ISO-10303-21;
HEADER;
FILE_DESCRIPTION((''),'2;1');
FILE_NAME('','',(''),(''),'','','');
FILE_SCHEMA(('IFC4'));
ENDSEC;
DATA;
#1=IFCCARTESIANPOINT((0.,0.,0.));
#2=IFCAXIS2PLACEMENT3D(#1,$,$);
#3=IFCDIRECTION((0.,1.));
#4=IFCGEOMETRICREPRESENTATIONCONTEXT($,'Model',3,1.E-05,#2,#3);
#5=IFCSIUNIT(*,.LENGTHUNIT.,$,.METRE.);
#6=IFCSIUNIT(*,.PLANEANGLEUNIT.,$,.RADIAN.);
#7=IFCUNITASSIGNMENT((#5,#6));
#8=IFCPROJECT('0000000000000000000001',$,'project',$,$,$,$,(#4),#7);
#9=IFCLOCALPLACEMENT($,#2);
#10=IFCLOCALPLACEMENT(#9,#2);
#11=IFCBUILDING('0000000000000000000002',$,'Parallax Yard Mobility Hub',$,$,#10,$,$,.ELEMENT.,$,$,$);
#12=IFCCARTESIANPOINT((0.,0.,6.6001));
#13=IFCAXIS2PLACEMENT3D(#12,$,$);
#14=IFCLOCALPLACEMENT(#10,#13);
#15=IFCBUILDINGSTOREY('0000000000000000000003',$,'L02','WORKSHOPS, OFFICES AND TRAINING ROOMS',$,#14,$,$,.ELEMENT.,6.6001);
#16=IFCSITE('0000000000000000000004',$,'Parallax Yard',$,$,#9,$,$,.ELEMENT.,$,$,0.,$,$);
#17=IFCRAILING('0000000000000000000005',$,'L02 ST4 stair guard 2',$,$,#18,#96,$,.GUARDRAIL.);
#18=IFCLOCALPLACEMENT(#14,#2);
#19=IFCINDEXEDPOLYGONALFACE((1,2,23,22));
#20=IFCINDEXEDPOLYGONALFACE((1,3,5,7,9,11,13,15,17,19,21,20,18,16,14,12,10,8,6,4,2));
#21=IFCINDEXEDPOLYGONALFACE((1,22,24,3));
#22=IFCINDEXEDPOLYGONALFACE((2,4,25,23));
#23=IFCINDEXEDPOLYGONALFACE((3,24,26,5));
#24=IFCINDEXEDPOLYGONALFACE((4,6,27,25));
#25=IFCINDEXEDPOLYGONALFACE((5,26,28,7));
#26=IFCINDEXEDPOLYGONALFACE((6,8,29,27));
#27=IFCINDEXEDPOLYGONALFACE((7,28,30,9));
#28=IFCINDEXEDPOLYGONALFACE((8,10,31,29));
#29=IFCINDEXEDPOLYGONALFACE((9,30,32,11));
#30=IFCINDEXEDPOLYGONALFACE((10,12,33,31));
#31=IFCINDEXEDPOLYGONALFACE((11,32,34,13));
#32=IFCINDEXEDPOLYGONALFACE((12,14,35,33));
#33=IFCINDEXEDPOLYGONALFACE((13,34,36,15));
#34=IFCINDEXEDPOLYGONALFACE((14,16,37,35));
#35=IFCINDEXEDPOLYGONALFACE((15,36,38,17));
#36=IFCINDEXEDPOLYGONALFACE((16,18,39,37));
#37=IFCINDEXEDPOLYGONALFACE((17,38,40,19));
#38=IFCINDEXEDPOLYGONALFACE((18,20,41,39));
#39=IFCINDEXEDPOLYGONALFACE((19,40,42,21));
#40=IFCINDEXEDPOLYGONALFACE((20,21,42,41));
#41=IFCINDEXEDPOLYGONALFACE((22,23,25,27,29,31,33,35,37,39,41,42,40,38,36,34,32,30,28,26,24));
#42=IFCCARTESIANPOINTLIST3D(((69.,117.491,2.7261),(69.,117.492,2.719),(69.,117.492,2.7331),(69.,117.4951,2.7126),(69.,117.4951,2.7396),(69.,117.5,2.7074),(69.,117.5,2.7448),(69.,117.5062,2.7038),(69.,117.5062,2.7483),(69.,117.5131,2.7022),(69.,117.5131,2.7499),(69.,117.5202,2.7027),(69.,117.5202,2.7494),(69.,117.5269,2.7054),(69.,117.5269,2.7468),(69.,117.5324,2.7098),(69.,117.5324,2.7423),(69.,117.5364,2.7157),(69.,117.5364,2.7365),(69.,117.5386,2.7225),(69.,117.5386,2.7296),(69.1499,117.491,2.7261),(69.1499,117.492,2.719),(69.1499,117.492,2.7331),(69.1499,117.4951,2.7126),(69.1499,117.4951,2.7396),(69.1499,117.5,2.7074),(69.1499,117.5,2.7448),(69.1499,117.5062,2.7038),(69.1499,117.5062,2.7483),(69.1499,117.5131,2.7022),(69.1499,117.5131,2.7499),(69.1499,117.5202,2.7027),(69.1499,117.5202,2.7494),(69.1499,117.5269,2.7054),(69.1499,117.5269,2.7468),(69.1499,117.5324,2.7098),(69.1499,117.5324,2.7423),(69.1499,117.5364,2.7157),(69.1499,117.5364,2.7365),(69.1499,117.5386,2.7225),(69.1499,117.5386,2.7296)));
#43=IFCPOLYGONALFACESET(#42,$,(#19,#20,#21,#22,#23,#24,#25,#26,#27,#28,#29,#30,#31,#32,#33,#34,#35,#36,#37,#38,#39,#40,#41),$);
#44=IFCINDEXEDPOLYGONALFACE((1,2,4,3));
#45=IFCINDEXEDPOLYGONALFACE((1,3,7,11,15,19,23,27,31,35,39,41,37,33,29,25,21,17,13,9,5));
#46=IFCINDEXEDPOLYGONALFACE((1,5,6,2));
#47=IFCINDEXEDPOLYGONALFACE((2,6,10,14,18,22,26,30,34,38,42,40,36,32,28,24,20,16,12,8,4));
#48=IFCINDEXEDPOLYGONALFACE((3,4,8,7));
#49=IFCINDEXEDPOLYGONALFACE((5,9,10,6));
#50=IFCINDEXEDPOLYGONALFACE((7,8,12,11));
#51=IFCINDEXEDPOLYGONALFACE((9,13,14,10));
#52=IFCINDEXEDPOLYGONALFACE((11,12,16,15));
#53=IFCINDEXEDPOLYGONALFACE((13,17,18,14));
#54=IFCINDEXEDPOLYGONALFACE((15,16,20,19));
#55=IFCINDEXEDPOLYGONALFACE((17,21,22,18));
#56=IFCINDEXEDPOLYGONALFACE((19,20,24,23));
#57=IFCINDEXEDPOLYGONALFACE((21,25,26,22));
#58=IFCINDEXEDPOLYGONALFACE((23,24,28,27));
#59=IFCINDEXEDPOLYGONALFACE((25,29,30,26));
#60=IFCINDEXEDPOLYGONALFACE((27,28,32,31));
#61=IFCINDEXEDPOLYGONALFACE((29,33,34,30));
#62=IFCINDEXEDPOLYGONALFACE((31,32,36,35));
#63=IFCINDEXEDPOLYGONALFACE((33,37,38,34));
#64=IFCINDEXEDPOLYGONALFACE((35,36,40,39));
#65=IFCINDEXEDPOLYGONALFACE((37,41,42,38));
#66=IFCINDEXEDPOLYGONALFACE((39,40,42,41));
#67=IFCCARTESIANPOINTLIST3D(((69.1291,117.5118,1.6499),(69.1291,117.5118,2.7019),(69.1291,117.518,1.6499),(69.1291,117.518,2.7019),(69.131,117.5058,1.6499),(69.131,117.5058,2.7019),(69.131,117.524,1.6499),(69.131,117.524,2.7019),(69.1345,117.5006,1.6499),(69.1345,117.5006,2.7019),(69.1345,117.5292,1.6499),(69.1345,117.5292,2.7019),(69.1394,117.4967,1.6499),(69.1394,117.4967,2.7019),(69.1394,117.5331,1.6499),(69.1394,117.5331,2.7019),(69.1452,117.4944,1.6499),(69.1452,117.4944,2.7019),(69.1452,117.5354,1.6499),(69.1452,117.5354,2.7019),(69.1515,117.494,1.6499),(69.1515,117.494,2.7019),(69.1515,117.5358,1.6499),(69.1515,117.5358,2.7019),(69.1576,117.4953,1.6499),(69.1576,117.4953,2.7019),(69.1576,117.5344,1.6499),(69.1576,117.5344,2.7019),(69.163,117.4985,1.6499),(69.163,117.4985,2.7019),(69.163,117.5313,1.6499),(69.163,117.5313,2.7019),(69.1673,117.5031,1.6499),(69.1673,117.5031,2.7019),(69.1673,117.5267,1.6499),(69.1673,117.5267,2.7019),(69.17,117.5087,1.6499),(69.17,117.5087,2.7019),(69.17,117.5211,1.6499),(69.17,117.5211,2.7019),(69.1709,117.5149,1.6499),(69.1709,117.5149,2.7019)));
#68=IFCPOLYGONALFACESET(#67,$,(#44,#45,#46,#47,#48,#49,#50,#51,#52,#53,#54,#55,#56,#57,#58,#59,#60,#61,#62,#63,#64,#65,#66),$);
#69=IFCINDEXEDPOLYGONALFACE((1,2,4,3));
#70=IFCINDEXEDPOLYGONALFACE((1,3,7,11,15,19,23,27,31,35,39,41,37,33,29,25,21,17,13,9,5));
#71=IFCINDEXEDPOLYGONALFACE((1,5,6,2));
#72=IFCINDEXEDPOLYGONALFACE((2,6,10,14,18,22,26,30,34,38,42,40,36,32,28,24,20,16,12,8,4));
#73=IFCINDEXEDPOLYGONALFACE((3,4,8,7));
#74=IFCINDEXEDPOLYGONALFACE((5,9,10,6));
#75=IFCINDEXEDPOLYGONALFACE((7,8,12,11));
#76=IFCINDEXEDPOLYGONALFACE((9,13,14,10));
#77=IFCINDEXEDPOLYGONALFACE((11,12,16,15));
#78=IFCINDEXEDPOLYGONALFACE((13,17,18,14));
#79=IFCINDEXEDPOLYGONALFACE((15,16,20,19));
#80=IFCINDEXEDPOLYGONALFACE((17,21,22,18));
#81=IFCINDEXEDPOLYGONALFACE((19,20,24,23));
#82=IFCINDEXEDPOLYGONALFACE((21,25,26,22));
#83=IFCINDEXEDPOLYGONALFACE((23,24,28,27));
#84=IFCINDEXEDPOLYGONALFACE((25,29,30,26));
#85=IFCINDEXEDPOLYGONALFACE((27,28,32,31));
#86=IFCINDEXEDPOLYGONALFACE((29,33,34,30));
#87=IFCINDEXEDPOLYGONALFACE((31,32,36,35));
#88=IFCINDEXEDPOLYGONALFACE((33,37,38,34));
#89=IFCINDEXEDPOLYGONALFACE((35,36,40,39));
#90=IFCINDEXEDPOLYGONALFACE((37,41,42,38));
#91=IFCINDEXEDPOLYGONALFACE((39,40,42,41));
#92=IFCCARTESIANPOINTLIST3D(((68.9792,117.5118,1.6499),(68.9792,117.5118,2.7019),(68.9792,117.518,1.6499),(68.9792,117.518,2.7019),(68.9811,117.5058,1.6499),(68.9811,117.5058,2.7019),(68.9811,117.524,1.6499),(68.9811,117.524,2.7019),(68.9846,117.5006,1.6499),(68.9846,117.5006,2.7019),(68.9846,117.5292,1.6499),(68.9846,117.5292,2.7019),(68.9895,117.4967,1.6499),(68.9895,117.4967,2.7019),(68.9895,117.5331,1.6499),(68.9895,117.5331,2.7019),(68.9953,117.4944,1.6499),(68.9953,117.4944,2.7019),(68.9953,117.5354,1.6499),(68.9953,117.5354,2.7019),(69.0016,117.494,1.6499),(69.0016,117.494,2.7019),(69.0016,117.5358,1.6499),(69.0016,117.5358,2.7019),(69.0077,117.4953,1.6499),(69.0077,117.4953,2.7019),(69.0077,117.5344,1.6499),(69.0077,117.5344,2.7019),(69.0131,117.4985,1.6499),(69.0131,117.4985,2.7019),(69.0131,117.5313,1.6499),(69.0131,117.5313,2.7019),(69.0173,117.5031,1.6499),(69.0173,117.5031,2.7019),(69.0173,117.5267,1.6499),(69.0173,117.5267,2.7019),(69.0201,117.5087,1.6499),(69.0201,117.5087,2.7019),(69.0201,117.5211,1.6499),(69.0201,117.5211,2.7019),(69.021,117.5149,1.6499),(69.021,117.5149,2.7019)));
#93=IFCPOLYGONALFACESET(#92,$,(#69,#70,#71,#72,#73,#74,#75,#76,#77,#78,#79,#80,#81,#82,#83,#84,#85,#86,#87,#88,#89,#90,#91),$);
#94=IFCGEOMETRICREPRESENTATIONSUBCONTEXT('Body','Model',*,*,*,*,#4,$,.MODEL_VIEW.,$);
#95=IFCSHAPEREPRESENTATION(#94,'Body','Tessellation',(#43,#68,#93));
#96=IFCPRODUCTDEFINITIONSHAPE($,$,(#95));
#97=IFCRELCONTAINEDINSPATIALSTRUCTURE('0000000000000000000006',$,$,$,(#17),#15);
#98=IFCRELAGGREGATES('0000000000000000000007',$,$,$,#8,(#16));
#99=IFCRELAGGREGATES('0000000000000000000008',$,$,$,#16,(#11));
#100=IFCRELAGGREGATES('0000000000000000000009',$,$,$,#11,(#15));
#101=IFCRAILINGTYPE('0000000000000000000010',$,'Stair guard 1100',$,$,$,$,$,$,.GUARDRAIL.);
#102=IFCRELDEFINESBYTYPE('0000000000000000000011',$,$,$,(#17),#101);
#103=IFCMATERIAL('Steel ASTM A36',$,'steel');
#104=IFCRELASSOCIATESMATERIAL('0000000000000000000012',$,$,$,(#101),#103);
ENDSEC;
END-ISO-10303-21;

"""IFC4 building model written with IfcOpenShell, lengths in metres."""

from ifc_helpers import new_model, si_unit, direction, frame, origin, origin_2d, place, context, subcontext, project, spatial, circle, extrude, material, type_object, element, save


model = new_model("IFC4")

# Units and contexts
model_context = context("Model", 3, precision=1e-05, world=origin(), true_north=direction((0.0, 1.0)))
body_context = subcontext(model_context, "Body", "Model", "MODEL_VIEW")
ifc_project = project(units=[si_unit("LENGTHUNIT", "METRE"), si_unit("PLANEANGLEUNIT", "RADIAN")], contexts=[model_context])

# Site, building, storey
site_placement = place(None, origin())
site = spatial("IfcSite", under=ifc_project, at=site_placement, Name="Parallax Yard", CompositionType="ELEMENT", RefElevation=0.0)
building_placement = place(site_placement, origin())
building = spatial("IfcBuilding", under=site, at=building_placement, Name="Parallax Yard Mobility Hub", CompositionType="ELEMENT")
storey_placement = place(building_placement, frame((0.0, 0.0, 6.6001)))
storey = spatial("IfcBuildingStorey", under=building, at=storey_placement, Name="L02", Description="WORKSHOPS, OFFICES AND TRAINING ROOMS", CompositionType="ELEMENT", Elevation=6.6001)

# Railing
ifc_material_1 = material(Name="Steel ASTM A36", Category="steel")
railing_type_1 = type_object("IfcRailingType", Name="Stair guard 1100", PredefinedType="GUARDRAIL", material=ifc_material_1)
railing_1_placement = place(storey_placement, frame((69.1499, 117.5149, 1.6499)))
element("IfcRailing", 1, at=railing_1_placement, inside=storey, type_object=railing_type_1, Name="L02 ST4 stair guard 2", PredefinedType="GUARDRAIL", context=body_context, shape_type="SweptSolid", body=[
    extrude(circle(Radius=0.0239, at=origin_2d()), frame((0.0, 0.0, 1.0762), z_axis=(-1.0, 0.0, 0.0), x_axis=(0.0, -1.0, 0.0)), (0.0, 0.0, 1.0), 0.1499),
    extrude(circle(Radius=0.021, at=origin_2d()), origin(), (0.0, 0.0, 1.0), 1.052),
    extrude(circle(Radius=0.021, at=origin_2d()), frame((-0.1499, 0.0, 0.0)), (0.0, 0.0, 1.0), 1.052),
])

save(model, "model.ifc")
